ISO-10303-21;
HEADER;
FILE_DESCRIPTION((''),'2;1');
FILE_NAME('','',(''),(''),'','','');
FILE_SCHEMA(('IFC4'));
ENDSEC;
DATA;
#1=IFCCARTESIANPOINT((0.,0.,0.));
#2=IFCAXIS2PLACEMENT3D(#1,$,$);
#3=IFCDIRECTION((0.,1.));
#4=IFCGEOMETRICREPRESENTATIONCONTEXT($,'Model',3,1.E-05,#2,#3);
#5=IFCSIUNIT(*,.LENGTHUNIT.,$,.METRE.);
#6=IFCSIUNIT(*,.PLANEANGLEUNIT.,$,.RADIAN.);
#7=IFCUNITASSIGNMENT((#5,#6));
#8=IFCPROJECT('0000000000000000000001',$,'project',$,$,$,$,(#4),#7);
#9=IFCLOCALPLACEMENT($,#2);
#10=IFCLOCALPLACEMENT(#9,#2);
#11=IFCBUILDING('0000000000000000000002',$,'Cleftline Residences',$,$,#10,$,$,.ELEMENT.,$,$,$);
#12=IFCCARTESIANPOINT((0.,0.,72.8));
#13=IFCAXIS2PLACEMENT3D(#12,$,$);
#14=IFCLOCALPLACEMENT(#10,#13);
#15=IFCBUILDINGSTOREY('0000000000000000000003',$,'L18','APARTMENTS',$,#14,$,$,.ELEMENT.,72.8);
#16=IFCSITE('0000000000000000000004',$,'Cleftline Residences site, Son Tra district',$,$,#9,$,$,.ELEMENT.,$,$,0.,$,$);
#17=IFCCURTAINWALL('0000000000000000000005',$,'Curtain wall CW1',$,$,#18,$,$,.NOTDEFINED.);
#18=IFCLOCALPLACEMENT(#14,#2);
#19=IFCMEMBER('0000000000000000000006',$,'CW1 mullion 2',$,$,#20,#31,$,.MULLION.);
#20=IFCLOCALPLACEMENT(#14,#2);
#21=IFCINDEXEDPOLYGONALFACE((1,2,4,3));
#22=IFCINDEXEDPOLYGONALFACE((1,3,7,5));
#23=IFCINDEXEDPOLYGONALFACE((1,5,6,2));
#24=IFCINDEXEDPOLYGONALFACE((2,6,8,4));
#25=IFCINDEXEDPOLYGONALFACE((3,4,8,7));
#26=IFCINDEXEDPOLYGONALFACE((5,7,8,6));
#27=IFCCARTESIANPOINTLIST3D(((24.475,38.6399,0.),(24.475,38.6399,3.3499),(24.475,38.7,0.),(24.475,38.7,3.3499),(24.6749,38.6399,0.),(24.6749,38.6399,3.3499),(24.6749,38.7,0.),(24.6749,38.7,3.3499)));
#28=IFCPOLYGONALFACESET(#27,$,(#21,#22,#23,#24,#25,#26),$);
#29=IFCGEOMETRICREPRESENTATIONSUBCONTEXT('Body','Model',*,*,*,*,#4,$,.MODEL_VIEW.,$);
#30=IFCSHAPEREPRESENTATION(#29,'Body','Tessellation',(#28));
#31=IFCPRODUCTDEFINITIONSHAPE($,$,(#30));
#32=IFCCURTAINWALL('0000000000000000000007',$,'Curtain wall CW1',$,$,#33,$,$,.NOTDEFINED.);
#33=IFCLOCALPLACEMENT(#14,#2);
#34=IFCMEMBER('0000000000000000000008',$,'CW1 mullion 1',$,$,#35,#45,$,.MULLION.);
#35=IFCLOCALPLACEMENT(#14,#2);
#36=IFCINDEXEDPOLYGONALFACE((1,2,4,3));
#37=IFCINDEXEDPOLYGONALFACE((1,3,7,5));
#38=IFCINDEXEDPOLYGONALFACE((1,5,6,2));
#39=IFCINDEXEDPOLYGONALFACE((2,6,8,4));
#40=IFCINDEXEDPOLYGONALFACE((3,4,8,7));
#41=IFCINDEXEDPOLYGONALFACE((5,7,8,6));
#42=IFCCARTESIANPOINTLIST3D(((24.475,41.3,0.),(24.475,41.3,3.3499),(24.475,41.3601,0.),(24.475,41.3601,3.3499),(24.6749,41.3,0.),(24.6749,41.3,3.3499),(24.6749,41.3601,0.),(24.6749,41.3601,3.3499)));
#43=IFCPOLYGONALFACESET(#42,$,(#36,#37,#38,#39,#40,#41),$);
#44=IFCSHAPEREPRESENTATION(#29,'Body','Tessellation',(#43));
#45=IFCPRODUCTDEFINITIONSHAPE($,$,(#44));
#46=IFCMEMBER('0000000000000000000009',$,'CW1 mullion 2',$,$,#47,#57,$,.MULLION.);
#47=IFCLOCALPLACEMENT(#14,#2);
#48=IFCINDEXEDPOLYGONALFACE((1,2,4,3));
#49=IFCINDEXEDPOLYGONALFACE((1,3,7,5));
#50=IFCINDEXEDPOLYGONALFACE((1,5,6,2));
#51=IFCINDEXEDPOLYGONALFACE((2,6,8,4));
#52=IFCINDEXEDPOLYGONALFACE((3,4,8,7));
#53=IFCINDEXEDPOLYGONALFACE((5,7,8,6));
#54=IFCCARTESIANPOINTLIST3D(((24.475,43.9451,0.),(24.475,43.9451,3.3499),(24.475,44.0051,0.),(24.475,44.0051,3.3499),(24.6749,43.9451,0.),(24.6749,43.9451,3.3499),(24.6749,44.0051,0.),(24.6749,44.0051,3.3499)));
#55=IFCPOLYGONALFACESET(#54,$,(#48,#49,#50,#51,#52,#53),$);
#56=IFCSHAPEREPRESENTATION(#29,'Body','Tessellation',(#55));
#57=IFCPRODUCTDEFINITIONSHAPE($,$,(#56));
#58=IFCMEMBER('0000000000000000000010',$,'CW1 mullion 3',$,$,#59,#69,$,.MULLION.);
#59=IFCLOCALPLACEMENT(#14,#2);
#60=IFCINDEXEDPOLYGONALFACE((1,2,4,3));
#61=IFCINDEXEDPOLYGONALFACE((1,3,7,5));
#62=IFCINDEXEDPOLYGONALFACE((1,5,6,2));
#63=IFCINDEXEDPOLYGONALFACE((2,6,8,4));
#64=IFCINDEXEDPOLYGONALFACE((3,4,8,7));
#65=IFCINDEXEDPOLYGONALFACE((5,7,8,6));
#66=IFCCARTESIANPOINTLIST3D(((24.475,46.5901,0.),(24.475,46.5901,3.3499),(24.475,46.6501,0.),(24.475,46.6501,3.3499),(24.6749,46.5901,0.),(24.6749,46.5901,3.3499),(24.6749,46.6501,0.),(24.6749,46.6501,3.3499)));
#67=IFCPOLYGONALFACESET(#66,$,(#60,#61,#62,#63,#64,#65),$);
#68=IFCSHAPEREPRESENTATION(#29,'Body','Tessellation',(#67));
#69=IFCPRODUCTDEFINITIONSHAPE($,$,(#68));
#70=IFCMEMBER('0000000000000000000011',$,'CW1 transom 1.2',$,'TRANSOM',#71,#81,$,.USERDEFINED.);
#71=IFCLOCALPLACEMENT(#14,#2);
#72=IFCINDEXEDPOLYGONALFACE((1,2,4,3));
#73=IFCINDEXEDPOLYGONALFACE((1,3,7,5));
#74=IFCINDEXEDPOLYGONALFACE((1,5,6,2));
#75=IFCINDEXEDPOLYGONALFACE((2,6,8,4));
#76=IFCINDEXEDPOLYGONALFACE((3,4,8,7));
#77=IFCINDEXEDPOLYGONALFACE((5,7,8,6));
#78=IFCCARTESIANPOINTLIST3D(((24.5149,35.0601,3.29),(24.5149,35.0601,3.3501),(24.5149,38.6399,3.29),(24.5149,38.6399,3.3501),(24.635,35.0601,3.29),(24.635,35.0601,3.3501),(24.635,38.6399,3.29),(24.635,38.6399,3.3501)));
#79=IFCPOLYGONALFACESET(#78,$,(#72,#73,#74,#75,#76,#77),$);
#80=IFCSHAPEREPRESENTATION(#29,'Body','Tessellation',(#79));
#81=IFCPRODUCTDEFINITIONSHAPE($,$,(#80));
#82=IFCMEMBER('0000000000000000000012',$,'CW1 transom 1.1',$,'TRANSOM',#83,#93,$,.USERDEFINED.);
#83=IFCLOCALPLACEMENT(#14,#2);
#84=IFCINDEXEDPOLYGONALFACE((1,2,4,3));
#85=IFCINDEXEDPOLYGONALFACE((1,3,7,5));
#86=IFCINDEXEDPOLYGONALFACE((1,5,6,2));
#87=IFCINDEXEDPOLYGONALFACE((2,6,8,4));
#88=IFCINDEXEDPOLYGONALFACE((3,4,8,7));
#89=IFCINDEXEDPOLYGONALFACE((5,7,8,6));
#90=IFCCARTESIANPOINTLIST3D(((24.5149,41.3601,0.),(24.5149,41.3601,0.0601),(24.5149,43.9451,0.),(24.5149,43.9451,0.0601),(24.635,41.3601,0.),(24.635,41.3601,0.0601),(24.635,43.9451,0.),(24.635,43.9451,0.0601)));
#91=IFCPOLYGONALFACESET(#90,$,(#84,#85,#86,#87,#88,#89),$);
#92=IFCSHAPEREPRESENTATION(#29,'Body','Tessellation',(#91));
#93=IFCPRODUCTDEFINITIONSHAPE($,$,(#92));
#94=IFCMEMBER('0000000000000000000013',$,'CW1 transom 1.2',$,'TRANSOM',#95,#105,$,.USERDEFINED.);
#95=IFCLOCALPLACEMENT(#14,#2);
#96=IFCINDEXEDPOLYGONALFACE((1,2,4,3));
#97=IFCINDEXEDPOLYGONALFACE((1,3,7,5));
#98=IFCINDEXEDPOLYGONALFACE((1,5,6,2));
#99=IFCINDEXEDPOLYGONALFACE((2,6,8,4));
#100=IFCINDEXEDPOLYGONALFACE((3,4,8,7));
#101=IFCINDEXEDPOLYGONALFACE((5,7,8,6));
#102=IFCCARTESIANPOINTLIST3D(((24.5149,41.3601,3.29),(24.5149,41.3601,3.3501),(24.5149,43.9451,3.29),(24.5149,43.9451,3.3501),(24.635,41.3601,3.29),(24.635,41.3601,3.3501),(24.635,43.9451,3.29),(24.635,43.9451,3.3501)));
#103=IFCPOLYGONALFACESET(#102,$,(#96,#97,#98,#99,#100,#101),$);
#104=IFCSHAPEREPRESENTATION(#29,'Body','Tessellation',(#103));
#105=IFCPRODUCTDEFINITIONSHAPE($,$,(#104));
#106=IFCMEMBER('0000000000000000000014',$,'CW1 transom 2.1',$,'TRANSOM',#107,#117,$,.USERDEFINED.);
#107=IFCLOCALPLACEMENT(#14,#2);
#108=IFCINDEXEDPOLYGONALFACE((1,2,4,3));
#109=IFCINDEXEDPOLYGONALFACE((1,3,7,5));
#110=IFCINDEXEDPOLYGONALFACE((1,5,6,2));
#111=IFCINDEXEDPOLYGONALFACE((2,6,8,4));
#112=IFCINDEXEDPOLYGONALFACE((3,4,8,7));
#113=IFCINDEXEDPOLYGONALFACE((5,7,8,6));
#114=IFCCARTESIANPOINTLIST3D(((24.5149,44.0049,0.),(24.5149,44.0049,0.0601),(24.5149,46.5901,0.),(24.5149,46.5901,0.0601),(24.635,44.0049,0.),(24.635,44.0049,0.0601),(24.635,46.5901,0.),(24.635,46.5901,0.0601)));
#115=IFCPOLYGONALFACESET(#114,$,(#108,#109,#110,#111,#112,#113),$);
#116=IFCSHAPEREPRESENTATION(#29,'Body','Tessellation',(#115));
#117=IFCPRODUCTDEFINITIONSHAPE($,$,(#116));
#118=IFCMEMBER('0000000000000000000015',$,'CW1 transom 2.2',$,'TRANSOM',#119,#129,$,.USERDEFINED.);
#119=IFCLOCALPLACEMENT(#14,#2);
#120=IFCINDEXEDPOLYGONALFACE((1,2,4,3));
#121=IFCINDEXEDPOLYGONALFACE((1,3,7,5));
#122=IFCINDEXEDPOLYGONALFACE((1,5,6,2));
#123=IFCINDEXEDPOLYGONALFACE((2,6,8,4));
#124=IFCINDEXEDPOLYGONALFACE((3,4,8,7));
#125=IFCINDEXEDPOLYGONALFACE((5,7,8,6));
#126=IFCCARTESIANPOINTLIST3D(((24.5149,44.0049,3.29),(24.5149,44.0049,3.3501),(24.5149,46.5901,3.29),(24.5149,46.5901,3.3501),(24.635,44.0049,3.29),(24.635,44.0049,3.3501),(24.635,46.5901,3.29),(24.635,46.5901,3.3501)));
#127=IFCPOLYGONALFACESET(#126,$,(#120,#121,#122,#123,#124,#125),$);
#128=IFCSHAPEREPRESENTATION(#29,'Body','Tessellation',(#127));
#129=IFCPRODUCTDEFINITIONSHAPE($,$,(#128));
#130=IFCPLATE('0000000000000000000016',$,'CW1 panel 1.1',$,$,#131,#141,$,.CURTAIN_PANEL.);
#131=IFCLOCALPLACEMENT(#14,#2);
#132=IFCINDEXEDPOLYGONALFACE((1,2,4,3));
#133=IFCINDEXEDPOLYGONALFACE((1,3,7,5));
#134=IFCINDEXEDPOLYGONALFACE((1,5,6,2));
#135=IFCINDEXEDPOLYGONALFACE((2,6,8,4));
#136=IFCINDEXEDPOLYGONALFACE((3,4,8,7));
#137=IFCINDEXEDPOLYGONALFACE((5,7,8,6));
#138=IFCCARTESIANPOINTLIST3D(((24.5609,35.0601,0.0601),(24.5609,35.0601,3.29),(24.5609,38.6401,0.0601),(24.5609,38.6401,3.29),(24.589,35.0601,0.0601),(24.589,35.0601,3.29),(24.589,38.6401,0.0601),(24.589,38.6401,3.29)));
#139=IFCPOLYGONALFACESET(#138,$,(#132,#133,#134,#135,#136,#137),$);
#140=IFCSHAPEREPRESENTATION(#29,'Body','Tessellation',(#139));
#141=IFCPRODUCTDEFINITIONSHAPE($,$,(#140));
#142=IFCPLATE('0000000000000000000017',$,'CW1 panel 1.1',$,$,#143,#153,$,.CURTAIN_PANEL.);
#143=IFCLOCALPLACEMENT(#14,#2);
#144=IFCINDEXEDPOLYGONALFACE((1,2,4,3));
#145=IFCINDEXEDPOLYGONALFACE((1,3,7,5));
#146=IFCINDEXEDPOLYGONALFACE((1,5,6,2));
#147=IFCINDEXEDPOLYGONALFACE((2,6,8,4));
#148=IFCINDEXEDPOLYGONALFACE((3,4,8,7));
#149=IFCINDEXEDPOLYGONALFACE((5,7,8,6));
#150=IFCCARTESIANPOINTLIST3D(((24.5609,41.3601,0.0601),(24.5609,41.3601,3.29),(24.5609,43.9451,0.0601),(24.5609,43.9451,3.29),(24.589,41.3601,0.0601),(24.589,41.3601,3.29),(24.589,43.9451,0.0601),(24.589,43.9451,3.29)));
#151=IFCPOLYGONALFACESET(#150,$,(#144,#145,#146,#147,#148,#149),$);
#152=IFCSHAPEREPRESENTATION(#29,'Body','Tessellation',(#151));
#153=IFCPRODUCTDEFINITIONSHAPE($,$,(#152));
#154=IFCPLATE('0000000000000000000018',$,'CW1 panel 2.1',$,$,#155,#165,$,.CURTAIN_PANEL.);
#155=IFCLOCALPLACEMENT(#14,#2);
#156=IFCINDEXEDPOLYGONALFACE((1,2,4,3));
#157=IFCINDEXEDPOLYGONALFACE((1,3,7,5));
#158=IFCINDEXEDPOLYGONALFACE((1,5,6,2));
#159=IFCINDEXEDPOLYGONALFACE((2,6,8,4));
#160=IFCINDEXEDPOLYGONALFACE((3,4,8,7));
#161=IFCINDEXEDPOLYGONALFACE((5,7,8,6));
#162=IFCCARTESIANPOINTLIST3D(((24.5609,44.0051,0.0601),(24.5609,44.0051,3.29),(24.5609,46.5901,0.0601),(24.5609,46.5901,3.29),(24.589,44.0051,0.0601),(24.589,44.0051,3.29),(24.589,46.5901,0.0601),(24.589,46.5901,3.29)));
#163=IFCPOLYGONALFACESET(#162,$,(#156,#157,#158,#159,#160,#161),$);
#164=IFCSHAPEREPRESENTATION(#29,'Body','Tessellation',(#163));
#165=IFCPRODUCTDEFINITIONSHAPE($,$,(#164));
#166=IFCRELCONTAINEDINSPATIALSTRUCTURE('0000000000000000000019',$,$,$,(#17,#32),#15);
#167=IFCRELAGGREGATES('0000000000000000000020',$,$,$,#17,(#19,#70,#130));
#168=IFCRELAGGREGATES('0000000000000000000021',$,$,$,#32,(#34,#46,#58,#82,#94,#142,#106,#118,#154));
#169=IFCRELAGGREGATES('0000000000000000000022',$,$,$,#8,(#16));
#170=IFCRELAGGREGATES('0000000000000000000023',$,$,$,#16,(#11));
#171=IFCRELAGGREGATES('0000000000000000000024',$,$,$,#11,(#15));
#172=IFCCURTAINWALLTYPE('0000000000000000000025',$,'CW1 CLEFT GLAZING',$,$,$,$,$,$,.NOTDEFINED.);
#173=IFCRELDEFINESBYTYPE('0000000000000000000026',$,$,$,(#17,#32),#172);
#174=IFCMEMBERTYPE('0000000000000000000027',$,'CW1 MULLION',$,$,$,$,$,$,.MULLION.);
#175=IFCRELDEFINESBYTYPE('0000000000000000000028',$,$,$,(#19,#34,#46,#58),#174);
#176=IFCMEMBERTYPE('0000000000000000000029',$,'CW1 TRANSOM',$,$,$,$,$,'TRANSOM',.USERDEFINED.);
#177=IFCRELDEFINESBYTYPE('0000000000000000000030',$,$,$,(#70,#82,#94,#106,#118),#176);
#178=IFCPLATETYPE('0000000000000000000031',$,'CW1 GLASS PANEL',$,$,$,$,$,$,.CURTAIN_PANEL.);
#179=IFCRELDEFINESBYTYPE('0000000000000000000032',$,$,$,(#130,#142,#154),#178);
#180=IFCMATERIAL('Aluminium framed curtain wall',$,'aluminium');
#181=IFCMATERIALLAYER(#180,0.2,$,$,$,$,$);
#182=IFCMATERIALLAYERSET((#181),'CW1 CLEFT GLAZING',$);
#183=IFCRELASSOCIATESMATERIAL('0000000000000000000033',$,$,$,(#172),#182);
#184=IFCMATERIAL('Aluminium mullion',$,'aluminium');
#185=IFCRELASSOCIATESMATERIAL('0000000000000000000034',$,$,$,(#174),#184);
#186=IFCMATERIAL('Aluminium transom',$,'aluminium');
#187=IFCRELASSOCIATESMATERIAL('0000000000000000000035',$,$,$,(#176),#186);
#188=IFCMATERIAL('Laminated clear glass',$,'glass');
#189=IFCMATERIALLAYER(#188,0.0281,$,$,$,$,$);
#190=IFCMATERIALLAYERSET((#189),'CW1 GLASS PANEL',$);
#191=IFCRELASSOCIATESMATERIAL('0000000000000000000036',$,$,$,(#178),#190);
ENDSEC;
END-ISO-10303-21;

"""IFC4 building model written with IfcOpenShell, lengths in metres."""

from ifc_helpers import new_model, si_unit, direction, frame, origin, origin_2d, place, context, subcontext, project, spatial, rectangle, extrude, material, layer, layer_set, material_profile, profile_set, type_object, element, aggregate, save


model = new_model("IFC4")

# Units and contexts
model_context = context("Model", 3, precision=1e-05, world=origin(), true_north=direction((0.0, 1.0)))
body_context = subcontext(model_context, "Body", "Model", "MODEL_VIEW")
ifc_project = project(units=[si_unit("LENGTHUNIT", "METRE"), si_unit("PLANEANGLEUNIT", "RADIAN")], contexts=[model_context])

# Site, building, storey
site_placement = place(None, origin())
site = spatial("IfcSite", under=ifc_project, at=site_placement, Name="Cleftline Residences site, Son Tra district", CompositionType="ELEMENT", RefElevation=0.0)
building_placement = place(site_placement, origin())
building = spatial("IfcBuilding", under=site, at=building_placement, Name="Cleftline Residences", CompositionType="ELEMENT")
storey_placement = place(building_placement, frame((0.0, 0.0, 72.8)))
storey = spatial("IfcBuildingStorey", under=building, at=storey_placement, Name="L18", Description="APARTMENTS", CompositionType="ELEMENT", Elevation=72.8)

# Curtain wall, member
ifc_material_1 = material(Name="Aluminium framed curtain wall", Category="aluminium")
ifc_layer_1 = layer(ifc_material_1, 0.2)
ifc_layer_set_1 = layer_set([ifc_layer_1], Name="CW1 CLEFT GLAZING")
curtain_wall_type = type_object("IfcCurtainWallType", Name="CW1 CLEFT GLAZING", PredefinedType="NOTDEFINED", material=ifc_layer_set_1)
curtain_wall_1_placement = place(storey_placement, origin())
curtain_wall_1 = element("IfcCurtainWall", 1, at=curtain_wall_1_placement, inside=storey, type_object=curtain_wall_type, Name="Curtain wall CW1", PredefinedType="NOTDEFINED")
ifc_material_2 = material(Name="Aluminium mullion", Category="aluminium")
ifc_material_profile_1 = material_profile(ifc_material_2, rectangle(XDim=0.2, YDim=0.0601, at=origin_2d()))
ifc_profile_set_1 = profile_set([ifc_material_profile_1], Name="Aluminium mullion")
member_type_1 = type_object("IfcMemberType", Name="CW1 MULLION", PredefinedType="MULLION", material=ifc_profile_set_1)
member_1_placement = place(storey_placement, frame((24.575, 38.6699, 0.0), z_axis=(0.0, 0.0, 1.0), x_axis=(-1.0, 0.0, 0.0)))
member_1 = element("IfcMember", 2, at=member_1_placement, type_object=member_type_1, Name="CW1 mullion 2", PredefinedType="MULLION", context=body_context, shape_type="SweptSolid", body=[
    extrude(rectangle(XDim=0.2, YDim=0.0601, at=origin_2d()), origin(), (0.0, 0.0, 1.0), 3.3499),
])

# Curtain wall, members
curtain_wall_2_placement = place(storey_placement, origin())
curtain_wall_2 = element("IfcCurtainWall", 3, at=curtain_wall_2_placement, inside=storey, type_object=curtain_wall_type, Name="Curtain wall CW1", PredefinedType="NOTDEFINED")
member_2_placement = place(storey_placement, frame((24.575, 41.3301, 0.0), z_axis=(0.0, 0.0, 1.0), x_axis=(-1.0, 0.0, 0.0)))
member_2 = element("IfcMember", 4, at=member_2_placement, type_object=member_type_1, Name="CW1 mullion 1", PredefinedType="MULLION", context=body_context, shape_type="SweptSolid", body=[
    extrude(rectangle(XDim=0.2, YDim=0.0601, at=origin_2d()), origin(), (0.0, 0.0, 1.0), 3.3499),
])
member_3_placement = place(storey_placement, frame((24.575, 43.9751, 0.0), z_axis=(0.0, 0.0, 1.0), x_axis=(-1.0, 0.0, 0.0)))
member_3 = element("IfcMember", 5, at=member_3_placement, type_object=member_type_1, Name="CW1 mullion 2", PredefinedType="MULLION", context=body_context, shape_type="SweptSolid", body=[
    extrude(rectangle(XDim=0.2, YDim=0.0601, at=origin_2d()), origin(), (0.0, 0.0, 1.0), 3.3499),
])
member_4_placement = place(storey_placement, frame((24.575, 46.6201, 0.0), z_axis=(0.0, 0.0, 1.0), x_axis=(-1.0, 0.0, 0.0)))
member_4 = element("IfcMember", 6, at=member_4_placement, type_object=member_type_1, Name="CW1 mullion 3", PredefinedType="MULLION", context=body_context, shape_type="SweptSolid", body=[
    extrude(rectangle(XDim=0.2, YDim=0.0601, at=origin_2d()), origin(), (0.0, 0.0, 1.0), 3.3499),
])

# Members
ifc_material_3 = material(Name="Aluminium transom", Category="aluminium")
ifc_material_profile_2 = material_profile(ifc_material_3, rectangle(XDim=0.1201, YDim=0.0601, at=origin_2d()))
ifc_profile_set_2 = profile_set([ifc_material_profile_2], Name="Aluminium transom")
member_type_2 = type_object("IfcMemberType", Name="CW1 TRANSOM", ElementType="TRANSOM", PredefinedType="USERDEFINED", material=ifc_profile_set_2)
member_5_placement = place(storey_placement, frame((24.575, 35.0601, 3.3201), z_axis=(0.0, 1.0, 0.0), x_axis=(-1.0, 0.0, 0.0)))
member_5 = element("IfcMember", 7, at=member_5_placement, type_object=member_type_2, Name="CW1 transom 1.2", ObjectType="TRANSOM", PredefinedType="USERDEFINED", context=body_context, shape_type="SweptSolid", body=[
    extrude(rectangle(XDim=0.1201, YDim=0.0601, at=origin_2d()), origin(), (0.0, 0.0, 1.0), 3.5798),
])
member_6_placement = place(storey_placement, frame((24.575, 41.3601, 0.03), z_axis=(0.0, 1.0, 0.0), x_axis=(-1.0, 0.0, 0.0)))
member_6 = element("IfcMember", 8, at=member_6_placement, type_object=member_type_2, Name="CW1 transom 1.1", ObjectType="TRANSOM", PredefinedType="USERDEFINED", context=body_context, shape_type="SweptSolid", body=[
    extrude(rectangle(XDim=0.1201, YDim=0.0601, at=origin_2d()), origin(), (0.0, 0.0, 1.0), 2.585),
])
member_7_placement = place(storey_placement, frame((24.575, 41.3601, 3.3201), z_axis=(0.0, 1.0, 0.0), x_axis=(-1.0, 0.0, 0.0)))
member_7 = element("IfcMember", 9, at=member_7_placement, type_object=member_type_2, Name="CW1 transom 1.2", ObjectType="TRANSOM", PredefinedType="USERDEFINED", context=body_context, shape_type="SweptSolid", body=[
    extrude(rectangle(XDim=0.1201, YDim=0.0601, at=origin_2d()), origin(), (0.0, 0.0, 1.0), 2.585),
])
member_8_placement = place(storey_placement, frame((24.575, 44.0049, 0.03), z_axis=(0.0, 1.0, 0.0), x_axis=(-1.0, 0.0, 0.0)))
member_8 = element("IfcMember", 10, at=member_8_placement, type_object=member_type_2, Name="CW1 transom 2.1", ObjectType="TRANSOM", PredefinedType="USERDEFINED", context=body_context, shape_type="SweptSolid", body=[
    extrude(rectangle(XDim=0.1201, YDim=0.0601, at=origin_2d()), origin(), (0.0, 0.0, 1.0), 2.5852),
])
member_9_placement = place(storey_placement, frame((24.575, 44.0049, 3.3201), z_axis=(0.0, 1.0, 0.0), x_axis=(-1.0, 0.0, 0.0)))
member_9 = element("IfcMember", 11, at=member_9_placement, type_object=member_type_2, Name="CW1 transom 2.2", ObjectType="TRANSOM", PredefinedType="USERDEFINED", context=body_context, shape_type="SweptSolid", body=[
    extrude(rectangle(XDim=0.1201, YDim=0.0601, at=origin_2d()), origin(), (0.0, 0.0, 1.0), 2.5852),
])

# Plates
ifc_material_4 = material(Name="Laminated clear glass", Category="glass")
ifc_layer_2 = layer(ifc_material_4, 0.0281)
ifc_layer_set_2 = layer_set([ifc_layer_2], Name="CW1 GLASS PANEL")
plate_type = type_object("IfcPlateType", Name="CW1 GLASS PANEL", PredefinedType="CURTAIN_PANEL", material=ifc_layer_set_2)
plate_1_placement = place(storey_placement, frame((24.575, 36.8501, 0.0601), z_axis=(0.0, 0.0, 1.0), x_axis=(0.0, 1.0, 0.0)))
plate_1 = element("IfcPlate", 12, at=plate_1_placement, type_object=plate_type, Name="CW1 panel 1.1", PredefinedType="CURTAIN_PANEL", context=body_context, shape_type="SweptSolid", body=[
    extrude(rectangle(XDim=3.5801, YDim=0.0281, at=origin_2d()), origin(), (0.0, 0.0, 1.0), 3.23),
])
aggregate(curtain_wall_1, [member_1, member_5, plate_1])
plate_2_placement = place(storey_placement, frame((24.575, 42.6526, 0.0601), z_axis=(0.0, 0.0, 1.0), x_axis=(0.0, 1.0, 0.0)))
plate_2 = element("IfcPlate", 13, at=plate_2_placement, type_object=plate_type, Name="CW1 panel 1.1", PredefinedType="CURTAIN_PANEL", context=body_context, shape_type="SweptSolid", body=[
    extrude(rectangle(XDim=2.585, YDim=0.0281, at=origin_2d()), origin(), (0.0, 0.0, 1.0), 3.23),
])
plate_3_placement = place(storey_placement, frame((24.575, 45.2976, 0.0601), z_axis=(0.0, 0.0, 1.0), x_axis=(0.0, 1.0, 0.0)))
plate_3 = element("IfcPlate", 14, at=plate_3_placement, type_object=plate_type, Name="CW1 panel 2.1", PredefinedType="CURTAIN_PANEL", context=body_context, shape_type="SweptSolid", body=[
    extrude(rectangle(XDim=2.585, YDim=0.0281, at=origin_2d()), origin(), (0.0, 0.0, 1.0), 3.23),
])
aggregate(curtain_wall_2, [member_2, member_3, member_4, member_6, member_7, plate_2, member_8, member_9, plate_3])

save(model, "model.ifc")
